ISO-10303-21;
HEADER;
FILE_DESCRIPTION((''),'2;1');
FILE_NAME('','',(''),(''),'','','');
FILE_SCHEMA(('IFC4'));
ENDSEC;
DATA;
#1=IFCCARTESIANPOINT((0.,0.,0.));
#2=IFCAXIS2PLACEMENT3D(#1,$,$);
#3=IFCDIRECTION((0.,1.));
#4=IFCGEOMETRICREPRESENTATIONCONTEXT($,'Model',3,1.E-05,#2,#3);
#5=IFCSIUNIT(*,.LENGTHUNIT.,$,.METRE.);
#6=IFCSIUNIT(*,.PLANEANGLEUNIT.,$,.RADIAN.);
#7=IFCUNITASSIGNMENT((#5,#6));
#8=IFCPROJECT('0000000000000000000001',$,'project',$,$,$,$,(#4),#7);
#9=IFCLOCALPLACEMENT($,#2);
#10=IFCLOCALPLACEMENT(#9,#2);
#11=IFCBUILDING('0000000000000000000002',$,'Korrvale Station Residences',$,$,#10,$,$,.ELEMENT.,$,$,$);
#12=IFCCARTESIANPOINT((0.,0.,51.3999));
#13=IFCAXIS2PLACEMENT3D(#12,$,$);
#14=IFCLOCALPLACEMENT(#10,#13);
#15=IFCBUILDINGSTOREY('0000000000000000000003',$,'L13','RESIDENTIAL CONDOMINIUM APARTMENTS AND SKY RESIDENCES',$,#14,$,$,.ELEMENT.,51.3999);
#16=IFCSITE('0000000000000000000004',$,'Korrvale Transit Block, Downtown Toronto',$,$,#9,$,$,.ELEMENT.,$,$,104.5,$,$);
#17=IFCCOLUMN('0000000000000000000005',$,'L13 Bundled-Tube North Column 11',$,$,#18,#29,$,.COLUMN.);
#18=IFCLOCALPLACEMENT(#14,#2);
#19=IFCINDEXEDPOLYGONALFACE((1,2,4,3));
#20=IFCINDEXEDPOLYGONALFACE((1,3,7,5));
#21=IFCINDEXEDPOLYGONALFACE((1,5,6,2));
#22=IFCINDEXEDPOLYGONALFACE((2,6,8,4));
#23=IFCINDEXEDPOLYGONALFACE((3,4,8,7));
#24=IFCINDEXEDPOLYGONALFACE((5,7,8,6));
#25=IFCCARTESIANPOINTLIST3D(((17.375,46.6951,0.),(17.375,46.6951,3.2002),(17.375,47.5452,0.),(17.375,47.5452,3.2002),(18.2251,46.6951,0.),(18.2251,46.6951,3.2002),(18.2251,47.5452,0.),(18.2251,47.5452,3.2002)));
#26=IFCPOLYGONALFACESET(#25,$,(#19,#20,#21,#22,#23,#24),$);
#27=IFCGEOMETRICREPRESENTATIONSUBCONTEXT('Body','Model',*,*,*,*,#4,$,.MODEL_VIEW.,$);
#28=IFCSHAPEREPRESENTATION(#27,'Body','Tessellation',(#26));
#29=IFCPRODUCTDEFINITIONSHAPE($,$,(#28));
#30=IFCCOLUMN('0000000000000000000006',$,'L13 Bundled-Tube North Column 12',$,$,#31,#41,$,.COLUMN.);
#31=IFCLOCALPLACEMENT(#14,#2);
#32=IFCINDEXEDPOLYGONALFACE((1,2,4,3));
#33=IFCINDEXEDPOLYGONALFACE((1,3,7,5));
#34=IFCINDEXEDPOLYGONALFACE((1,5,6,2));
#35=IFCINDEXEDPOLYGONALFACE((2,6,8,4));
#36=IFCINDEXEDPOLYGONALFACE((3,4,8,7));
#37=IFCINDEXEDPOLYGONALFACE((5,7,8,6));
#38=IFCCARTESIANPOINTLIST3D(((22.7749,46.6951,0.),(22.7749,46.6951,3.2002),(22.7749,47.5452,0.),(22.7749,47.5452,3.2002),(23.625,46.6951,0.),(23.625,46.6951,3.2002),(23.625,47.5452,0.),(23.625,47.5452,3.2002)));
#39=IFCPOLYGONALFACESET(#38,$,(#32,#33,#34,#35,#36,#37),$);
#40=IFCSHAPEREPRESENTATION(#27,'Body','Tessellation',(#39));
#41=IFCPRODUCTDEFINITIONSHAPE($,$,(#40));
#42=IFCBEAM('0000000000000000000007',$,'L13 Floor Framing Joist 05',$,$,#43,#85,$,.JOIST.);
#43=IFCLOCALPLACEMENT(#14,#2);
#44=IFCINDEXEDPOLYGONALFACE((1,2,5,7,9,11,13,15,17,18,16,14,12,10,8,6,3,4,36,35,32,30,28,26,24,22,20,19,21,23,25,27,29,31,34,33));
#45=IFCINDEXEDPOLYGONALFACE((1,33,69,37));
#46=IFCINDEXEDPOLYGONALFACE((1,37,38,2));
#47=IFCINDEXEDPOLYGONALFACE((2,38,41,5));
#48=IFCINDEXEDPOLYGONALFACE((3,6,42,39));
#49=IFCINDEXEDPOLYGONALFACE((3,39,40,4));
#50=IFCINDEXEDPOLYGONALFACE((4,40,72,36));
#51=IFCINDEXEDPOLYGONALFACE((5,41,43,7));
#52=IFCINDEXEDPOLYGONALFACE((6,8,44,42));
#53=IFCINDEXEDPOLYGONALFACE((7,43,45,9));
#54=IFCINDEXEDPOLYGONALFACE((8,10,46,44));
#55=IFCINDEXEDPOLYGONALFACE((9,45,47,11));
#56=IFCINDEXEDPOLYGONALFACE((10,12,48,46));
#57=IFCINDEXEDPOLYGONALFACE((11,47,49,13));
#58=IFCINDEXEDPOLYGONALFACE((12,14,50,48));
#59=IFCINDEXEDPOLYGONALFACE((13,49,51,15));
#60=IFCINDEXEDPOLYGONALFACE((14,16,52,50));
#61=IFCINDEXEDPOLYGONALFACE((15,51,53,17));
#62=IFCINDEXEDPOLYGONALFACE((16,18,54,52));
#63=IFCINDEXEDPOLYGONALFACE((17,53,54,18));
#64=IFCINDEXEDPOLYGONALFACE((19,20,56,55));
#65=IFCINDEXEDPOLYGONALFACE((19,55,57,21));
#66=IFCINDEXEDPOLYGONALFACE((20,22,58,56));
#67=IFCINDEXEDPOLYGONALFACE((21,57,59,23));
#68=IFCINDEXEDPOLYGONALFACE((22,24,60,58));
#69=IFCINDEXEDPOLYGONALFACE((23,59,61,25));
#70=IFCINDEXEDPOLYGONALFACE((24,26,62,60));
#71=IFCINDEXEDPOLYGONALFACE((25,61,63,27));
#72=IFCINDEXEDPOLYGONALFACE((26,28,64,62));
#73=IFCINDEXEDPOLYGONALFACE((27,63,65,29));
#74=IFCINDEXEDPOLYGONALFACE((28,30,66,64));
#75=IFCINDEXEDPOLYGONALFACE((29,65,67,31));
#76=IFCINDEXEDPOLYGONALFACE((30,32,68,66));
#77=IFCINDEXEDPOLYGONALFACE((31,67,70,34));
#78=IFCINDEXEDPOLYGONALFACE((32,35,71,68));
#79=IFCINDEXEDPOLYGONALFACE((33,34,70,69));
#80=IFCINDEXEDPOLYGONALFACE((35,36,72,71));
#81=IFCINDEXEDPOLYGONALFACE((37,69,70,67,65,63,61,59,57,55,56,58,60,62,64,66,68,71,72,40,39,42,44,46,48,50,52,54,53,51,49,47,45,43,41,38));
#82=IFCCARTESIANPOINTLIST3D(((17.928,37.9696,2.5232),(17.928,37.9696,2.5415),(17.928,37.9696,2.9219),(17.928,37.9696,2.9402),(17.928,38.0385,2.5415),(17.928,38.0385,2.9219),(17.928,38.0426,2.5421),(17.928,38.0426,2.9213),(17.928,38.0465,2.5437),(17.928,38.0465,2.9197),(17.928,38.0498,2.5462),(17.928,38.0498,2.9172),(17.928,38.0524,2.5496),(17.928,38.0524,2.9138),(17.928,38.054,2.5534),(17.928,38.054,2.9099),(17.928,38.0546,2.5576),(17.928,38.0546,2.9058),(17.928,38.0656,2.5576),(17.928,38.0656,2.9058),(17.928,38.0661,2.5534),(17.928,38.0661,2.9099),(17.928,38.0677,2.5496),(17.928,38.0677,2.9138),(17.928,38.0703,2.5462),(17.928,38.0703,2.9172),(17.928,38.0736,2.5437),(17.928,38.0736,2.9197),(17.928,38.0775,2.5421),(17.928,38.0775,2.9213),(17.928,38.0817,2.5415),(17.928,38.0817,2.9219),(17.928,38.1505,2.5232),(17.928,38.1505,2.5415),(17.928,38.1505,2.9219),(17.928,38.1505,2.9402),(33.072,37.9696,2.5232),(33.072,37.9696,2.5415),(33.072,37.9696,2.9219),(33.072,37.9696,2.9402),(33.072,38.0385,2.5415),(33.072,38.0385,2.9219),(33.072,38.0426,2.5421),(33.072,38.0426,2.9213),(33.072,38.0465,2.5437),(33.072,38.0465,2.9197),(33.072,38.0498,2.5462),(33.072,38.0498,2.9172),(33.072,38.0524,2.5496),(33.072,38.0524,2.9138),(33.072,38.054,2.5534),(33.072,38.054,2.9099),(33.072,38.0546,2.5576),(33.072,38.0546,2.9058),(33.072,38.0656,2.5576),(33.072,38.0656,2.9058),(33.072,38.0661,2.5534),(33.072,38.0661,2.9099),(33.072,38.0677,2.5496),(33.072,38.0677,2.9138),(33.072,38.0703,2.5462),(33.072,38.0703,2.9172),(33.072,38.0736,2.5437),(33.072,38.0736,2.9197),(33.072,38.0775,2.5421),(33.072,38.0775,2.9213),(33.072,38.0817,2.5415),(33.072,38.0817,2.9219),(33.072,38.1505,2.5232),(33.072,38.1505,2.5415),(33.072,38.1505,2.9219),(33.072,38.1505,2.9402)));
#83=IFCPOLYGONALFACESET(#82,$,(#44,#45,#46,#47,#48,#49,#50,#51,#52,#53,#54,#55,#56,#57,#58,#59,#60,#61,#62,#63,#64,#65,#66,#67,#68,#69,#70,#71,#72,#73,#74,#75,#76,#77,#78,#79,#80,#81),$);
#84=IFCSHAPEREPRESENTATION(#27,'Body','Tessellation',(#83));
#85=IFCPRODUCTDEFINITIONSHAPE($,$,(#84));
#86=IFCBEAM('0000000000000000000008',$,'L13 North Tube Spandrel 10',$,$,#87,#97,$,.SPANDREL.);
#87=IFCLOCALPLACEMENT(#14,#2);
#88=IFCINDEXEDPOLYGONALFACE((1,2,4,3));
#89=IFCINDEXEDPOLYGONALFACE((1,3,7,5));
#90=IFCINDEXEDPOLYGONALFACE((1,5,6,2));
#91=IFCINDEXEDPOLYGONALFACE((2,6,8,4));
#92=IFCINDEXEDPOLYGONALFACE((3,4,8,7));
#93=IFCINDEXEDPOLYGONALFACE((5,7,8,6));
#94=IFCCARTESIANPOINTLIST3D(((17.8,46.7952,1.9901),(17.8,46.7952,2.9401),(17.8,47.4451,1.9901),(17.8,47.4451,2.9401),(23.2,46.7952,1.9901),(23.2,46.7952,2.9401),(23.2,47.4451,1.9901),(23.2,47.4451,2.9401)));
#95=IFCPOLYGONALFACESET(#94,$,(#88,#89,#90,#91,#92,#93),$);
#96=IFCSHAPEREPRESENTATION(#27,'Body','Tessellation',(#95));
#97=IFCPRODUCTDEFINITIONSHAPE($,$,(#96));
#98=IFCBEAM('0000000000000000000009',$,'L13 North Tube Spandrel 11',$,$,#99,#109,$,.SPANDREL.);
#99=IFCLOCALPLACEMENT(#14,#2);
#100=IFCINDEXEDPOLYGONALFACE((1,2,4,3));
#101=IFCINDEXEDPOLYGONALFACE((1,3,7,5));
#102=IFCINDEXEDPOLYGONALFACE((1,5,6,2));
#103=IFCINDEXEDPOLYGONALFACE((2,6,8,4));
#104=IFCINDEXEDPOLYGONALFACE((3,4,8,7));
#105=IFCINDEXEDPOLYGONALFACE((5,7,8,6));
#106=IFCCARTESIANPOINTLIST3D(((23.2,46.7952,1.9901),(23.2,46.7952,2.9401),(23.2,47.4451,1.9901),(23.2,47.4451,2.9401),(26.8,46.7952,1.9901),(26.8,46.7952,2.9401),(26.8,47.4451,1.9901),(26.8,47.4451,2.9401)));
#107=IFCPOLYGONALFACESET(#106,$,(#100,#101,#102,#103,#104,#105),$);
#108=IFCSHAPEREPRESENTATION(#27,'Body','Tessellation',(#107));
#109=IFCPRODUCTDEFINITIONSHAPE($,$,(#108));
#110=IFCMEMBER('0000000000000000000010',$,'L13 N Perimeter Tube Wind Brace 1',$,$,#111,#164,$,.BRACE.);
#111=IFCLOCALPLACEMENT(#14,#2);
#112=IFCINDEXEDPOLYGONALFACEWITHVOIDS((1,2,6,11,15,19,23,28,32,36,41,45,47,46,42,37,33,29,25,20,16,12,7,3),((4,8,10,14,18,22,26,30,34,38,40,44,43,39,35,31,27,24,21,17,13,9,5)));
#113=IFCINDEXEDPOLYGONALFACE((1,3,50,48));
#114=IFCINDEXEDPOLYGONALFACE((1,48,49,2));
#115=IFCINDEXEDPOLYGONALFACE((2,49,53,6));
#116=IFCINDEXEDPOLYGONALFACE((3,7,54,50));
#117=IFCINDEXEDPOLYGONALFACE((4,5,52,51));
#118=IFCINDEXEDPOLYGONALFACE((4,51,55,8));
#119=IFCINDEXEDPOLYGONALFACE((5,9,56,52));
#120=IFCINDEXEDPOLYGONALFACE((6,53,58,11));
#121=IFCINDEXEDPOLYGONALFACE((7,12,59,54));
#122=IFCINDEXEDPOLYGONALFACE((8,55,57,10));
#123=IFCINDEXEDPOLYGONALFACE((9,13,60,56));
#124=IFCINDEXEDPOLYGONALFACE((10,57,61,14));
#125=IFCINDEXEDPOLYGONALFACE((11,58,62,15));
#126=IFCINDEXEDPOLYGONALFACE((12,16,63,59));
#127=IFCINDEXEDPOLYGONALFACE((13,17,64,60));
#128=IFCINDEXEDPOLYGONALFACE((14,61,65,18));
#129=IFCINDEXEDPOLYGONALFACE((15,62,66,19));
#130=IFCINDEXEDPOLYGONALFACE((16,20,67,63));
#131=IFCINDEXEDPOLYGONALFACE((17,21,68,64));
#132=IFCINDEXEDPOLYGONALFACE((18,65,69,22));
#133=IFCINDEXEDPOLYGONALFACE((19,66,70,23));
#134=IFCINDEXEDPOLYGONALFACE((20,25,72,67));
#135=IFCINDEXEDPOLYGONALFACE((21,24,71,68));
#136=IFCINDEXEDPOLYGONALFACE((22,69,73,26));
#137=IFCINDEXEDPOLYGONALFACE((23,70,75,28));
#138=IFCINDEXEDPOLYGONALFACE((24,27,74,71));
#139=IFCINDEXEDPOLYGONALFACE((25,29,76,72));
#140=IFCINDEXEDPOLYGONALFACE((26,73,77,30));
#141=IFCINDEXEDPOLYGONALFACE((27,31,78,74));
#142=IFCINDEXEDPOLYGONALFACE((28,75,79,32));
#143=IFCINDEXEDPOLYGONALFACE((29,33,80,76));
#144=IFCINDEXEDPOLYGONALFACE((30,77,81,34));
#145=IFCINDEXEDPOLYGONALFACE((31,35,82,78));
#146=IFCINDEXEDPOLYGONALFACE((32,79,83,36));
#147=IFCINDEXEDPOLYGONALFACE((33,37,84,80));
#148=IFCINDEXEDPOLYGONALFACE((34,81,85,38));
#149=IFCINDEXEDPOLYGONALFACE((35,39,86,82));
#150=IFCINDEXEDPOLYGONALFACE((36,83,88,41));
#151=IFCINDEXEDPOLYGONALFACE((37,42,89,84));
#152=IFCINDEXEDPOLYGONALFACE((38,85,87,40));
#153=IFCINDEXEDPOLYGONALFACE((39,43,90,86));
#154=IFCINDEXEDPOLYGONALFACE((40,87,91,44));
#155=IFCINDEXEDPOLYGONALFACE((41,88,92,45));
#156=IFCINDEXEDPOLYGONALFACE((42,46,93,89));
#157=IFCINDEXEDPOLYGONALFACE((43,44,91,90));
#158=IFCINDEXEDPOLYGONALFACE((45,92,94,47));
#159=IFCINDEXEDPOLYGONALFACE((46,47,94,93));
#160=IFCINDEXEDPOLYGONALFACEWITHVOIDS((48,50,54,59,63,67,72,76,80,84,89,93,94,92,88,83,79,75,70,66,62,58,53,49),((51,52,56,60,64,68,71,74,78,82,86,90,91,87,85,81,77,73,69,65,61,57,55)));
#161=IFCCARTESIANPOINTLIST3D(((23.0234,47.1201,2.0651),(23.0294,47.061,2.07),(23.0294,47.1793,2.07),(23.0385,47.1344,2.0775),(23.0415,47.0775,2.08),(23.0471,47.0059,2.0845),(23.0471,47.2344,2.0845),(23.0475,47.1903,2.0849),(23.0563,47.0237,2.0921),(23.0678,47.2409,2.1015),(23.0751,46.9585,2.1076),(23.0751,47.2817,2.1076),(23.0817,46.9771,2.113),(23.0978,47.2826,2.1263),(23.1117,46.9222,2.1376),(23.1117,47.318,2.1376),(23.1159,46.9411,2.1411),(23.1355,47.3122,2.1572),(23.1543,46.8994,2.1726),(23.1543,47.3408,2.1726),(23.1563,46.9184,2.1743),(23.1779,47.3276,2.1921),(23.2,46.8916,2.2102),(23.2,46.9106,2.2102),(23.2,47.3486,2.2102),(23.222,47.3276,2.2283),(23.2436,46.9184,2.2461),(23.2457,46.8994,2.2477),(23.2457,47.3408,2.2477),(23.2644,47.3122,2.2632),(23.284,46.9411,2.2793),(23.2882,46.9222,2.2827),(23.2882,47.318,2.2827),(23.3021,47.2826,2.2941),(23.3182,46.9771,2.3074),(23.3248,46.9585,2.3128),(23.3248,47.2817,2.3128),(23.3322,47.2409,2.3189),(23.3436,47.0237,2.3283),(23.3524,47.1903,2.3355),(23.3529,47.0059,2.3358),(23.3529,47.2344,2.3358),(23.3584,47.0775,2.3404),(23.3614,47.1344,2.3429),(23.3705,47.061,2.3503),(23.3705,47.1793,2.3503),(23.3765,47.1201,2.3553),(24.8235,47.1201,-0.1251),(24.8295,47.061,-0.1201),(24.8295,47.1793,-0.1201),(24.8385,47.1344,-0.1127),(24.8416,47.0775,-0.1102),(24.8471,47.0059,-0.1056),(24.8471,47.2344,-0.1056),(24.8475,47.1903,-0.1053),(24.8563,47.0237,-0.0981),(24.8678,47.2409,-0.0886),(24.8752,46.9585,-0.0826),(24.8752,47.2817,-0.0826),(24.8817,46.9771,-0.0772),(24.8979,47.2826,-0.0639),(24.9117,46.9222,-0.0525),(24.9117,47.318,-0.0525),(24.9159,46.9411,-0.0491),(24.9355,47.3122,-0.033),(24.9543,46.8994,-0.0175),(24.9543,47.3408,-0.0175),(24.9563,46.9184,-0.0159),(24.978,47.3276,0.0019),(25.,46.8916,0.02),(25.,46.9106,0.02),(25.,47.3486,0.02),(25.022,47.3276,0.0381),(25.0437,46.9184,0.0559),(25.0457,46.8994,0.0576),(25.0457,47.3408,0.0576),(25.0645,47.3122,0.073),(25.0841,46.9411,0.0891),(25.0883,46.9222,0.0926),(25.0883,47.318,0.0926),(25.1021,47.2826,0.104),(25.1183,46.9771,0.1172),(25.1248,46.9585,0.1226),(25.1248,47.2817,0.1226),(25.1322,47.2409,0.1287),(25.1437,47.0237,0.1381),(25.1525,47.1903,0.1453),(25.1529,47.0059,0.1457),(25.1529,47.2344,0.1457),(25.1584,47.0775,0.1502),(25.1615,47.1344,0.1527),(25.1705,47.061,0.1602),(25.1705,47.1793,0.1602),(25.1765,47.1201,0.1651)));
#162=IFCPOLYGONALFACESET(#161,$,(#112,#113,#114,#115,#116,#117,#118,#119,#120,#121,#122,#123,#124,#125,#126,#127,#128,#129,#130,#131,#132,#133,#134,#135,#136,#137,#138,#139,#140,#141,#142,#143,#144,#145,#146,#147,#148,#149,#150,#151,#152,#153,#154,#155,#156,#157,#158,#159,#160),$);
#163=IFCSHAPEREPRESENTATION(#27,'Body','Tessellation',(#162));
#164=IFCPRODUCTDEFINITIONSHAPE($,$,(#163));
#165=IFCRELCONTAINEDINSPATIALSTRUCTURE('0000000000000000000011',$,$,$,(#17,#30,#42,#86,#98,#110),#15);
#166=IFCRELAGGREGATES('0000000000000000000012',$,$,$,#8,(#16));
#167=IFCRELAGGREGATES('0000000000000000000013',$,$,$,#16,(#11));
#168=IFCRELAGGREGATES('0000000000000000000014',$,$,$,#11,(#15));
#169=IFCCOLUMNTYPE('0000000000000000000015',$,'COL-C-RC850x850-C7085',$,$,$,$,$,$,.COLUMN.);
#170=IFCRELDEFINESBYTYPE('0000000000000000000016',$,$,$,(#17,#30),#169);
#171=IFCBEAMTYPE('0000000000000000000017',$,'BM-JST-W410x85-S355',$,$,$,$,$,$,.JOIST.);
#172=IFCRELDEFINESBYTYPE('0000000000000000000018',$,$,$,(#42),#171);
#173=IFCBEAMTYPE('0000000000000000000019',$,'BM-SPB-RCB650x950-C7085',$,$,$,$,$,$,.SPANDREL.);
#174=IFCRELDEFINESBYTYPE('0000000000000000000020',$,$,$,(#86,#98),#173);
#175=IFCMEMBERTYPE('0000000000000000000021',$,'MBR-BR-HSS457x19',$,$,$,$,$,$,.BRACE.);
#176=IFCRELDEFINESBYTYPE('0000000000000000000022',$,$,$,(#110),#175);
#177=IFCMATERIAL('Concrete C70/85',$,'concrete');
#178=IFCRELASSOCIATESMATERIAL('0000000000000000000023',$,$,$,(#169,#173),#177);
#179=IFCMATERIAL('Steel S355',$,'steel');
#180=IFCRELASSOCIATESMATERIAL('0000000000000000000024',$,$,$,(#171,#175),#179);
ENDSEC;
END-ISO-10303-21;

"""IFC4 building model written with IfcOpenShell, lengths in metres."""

from ifc_helpers import new_model, si_unit, direction, frame, origin, origin_2d, place, context, subcontext, project, spatial, rectangle, hollow_circle, i_section, extrude, material, material_profile, profile_set, type_object, element, save


model = new_model("IFC4")

# Units and contexts
model_context = context("Model", 3, precision=1e-05, world=origin(), true_north=direction((0.0, 1.0)))
body_context = subcontext(model_context, "Body", "Model", "MODEL_VIEW")
ifc_project = project(units=[si_unit("LENGTHUNIT", "METRE"), si_unit("PLANEANGLEUNIT", "RADIAN")], contexts=[model_context])

# Site, building, storey
site_placement = place(None, origin())
site = spatial("IfcSite", under=ifc_project, at=site_placement, Name="Korrvale Transit Block, Downtown Toronto", CompositionType="ELEMENT", RefElevation=104.5)
building_placement = place(site_placement, origin())
building = spatial("IfcBuilding", under=site, at=building_placement, Name="Korrvale Station Residences", CompositionType="ELEMENT")
storey_placement = place(building_placement, frame((0.0, 0.0, 51.3999)))
storey = spatial("IfcBuildingStorey", under=building, at=storey_placement, Name="L13", Description="RESIDENTIAL CONDOMINIUM APARTMENTS AND SKY RESIDENCES", CompositionType="ELEMENT", Elevation=51.3999)

# Columns
ifc_material_1 = material(Name="Concrete C70/85", Category="concrete")
ifc_material_profile_1 = material_profile(ifc_material_1, rectangle(XDim=0.8501, YDim=0.8501, at=origin_2d()), Name="RC850x850")
ifc_profile_set_1 = profile_set([ifc_material_profile_1], Name="Concrete C70/85")
column_type = type_object("IfcColumnType", Name="COL-C-RC850x850-C7085", PredefinedType="COLUMN", material=ifc_profile_set_1)
for number, where, z_axis, x_axis, name in (
    (1, (17.8, 47.1201, 0.0), (0.0, 0.0, 1.0), (1.0, 0.0, 0.0), "L13 Bundled-Tube North Column 11"),
    (2, (23.2, 47.1201, 0.0), (0.0, 0.0, 1.0), (1.0, 0.0, 0.0), "L13 Bundled-Tube North Column 12"),
):
    element("IfcColumn", number, at=place(storey_placement, frame(where, z_axis=z_axis, x_axis=x_axis)), inside=storey, type_object=column_type, Name=name, PredefinedType="COLUMN", context=body_context, shape_type="SweptSolid", body=[
        extrude(rectangle(XDim=0.8501, YDim=0.8501, at=origin_2d()), origin(), (0.0, 0.0, 1.0), 3.2002),
    ])

# Beams
ifc_material_2 = material(Name="Steel S355", Category="steel")
ifc_material_profile_2 = material_profile(ifc_material_2, i_section(OverallWidth=0.1809, OverallDepth=0.417, WebThickness=0.011, FlangeThickness=0.0183, FilletRadius=0.0161, at=origin_2d()), Name="W410x85")
ifc_profile_set_2 = profile_set([ifc_material_profile_2], Name="Steel S355")
beam_type_1 = type_object("IfcBeamType", Name="BM-JST-W410x85-S355", PredefinedType="JOIST", material=ifc_profile_set_2)
beam_1_placement = place(storey_placement, frame((17.928, 38.0601, 2.7317), z_axis=(1.0, 0.0, 0.0), x_axis=(0.0, 1.0, 0.0)))
element("IfcBeam", 3, at=beam_1_placement, inside=storey, type_object=beam_type_1, Name="L13 Floor Framing Joist 05", PredefinedType="JOIST", context=body_context, shape_type="SweptSolid", body=[
    extrude(i_section(OverallWidth=0.1809, OverallDepth=0.417, WebThickness=0.011, FlangeThickness=0.0183, FilletRadius=0.0161, at=origin_2d()), origin(), (0.0, 0.0, 1.0), 15.144),
])
ifc_material_profile_3 = material_profile(ifc_material_1, rectangle(XDim=0.6499, YDim=0.95, at=origin_2d()), Name="RCB650x950")
ifc_profile_set_3 = profile_set([ifc_material_profile_3], Name="Concrete C70/85")
beam_type_2 = type_object("IfcBeamType", Name="BM-SPB-RCB650x950-C7085", PredefinedType="SPANDREL", material=ifc_profile_set_3)
beam_2_placement = place(storey_placement, frame((17.8, 47.1201, 2.4651), z_axis=(1.0, 0.0, 0.0), x_axis=(0.0, 1.0, 0.0)))
element("IfcBeam", 4, at=beam_2_placement, inside=storey, type_object=beam_type_2, Name="L13 North Tube Spandrel 10", PredefinedType="SPANDREL", context=body_context, shape_type="SweptSolid", body=[
    extrude(rectangle(XDim=0.6499, YDim=0.95, at=origin_2d()), origin(), (0.0, 0.0, 1.0), 5.3999),
])
beam_3_placement = place(storey_placement, frame((23.2, 47.1201, 2.4651), z_axis=(1.0, 0.0, 0.0), x_axis=(0.0, 1.0, 0.0)))
element("IfcBeam", 5, at=beam_3_placement, inside=storey, type_object=beam_type_2, Name="L13 North Tube Spandrel 11", PredefinedType="SPANDREL", context=body_context, shape_type="SweptSolid", body=[
    extrude(rectangle(XDim=0.6499, YDim=0.95, at=origin_2d()), origin(), (0.0, 0.0, 1.0), 3.6001),
])

# Member
ifc_material_profile_4 = material_profile(ifc_material_2, hollow_circle(Radius=0.2285, WallThickness=0.019, at=origin_2d()), Name="HSS457x19")
ifc_profile_set_4 = profile_set([ifc_material_profile_4], Name="Steel S355")
member_type = type_object("IfcMemberType", Name="MBR-BR-HSS457x19", PredefinedType="BRACE", material=ifc_profile_set_4)
for number, where, z_axis, x_axis, name in (
    (6, (25.0, 47.1201, 0.02), (-0.634943, 0.0, 0.772559), (0.0, -1.0, 0.0), "L13 N Perimeter Tube Wind Brace 1"),
):
    element("IfcMember", number, at=place(storey_placement, frame(where, z_axis=z_axis, x_axis=x_axis)), inside=storey, type_object=member_type, Name=name, PredefinedType="BRACE", context=body_context, shape_type="SweptSolid", body=[
        extrude(hollow_circle(Radius=0.2285, WallThickness=0.019, at=origin_2d()), origin(), (0.0, 0.0, 1.0), 2.835),
    ])

save(model, "model.ifc")
